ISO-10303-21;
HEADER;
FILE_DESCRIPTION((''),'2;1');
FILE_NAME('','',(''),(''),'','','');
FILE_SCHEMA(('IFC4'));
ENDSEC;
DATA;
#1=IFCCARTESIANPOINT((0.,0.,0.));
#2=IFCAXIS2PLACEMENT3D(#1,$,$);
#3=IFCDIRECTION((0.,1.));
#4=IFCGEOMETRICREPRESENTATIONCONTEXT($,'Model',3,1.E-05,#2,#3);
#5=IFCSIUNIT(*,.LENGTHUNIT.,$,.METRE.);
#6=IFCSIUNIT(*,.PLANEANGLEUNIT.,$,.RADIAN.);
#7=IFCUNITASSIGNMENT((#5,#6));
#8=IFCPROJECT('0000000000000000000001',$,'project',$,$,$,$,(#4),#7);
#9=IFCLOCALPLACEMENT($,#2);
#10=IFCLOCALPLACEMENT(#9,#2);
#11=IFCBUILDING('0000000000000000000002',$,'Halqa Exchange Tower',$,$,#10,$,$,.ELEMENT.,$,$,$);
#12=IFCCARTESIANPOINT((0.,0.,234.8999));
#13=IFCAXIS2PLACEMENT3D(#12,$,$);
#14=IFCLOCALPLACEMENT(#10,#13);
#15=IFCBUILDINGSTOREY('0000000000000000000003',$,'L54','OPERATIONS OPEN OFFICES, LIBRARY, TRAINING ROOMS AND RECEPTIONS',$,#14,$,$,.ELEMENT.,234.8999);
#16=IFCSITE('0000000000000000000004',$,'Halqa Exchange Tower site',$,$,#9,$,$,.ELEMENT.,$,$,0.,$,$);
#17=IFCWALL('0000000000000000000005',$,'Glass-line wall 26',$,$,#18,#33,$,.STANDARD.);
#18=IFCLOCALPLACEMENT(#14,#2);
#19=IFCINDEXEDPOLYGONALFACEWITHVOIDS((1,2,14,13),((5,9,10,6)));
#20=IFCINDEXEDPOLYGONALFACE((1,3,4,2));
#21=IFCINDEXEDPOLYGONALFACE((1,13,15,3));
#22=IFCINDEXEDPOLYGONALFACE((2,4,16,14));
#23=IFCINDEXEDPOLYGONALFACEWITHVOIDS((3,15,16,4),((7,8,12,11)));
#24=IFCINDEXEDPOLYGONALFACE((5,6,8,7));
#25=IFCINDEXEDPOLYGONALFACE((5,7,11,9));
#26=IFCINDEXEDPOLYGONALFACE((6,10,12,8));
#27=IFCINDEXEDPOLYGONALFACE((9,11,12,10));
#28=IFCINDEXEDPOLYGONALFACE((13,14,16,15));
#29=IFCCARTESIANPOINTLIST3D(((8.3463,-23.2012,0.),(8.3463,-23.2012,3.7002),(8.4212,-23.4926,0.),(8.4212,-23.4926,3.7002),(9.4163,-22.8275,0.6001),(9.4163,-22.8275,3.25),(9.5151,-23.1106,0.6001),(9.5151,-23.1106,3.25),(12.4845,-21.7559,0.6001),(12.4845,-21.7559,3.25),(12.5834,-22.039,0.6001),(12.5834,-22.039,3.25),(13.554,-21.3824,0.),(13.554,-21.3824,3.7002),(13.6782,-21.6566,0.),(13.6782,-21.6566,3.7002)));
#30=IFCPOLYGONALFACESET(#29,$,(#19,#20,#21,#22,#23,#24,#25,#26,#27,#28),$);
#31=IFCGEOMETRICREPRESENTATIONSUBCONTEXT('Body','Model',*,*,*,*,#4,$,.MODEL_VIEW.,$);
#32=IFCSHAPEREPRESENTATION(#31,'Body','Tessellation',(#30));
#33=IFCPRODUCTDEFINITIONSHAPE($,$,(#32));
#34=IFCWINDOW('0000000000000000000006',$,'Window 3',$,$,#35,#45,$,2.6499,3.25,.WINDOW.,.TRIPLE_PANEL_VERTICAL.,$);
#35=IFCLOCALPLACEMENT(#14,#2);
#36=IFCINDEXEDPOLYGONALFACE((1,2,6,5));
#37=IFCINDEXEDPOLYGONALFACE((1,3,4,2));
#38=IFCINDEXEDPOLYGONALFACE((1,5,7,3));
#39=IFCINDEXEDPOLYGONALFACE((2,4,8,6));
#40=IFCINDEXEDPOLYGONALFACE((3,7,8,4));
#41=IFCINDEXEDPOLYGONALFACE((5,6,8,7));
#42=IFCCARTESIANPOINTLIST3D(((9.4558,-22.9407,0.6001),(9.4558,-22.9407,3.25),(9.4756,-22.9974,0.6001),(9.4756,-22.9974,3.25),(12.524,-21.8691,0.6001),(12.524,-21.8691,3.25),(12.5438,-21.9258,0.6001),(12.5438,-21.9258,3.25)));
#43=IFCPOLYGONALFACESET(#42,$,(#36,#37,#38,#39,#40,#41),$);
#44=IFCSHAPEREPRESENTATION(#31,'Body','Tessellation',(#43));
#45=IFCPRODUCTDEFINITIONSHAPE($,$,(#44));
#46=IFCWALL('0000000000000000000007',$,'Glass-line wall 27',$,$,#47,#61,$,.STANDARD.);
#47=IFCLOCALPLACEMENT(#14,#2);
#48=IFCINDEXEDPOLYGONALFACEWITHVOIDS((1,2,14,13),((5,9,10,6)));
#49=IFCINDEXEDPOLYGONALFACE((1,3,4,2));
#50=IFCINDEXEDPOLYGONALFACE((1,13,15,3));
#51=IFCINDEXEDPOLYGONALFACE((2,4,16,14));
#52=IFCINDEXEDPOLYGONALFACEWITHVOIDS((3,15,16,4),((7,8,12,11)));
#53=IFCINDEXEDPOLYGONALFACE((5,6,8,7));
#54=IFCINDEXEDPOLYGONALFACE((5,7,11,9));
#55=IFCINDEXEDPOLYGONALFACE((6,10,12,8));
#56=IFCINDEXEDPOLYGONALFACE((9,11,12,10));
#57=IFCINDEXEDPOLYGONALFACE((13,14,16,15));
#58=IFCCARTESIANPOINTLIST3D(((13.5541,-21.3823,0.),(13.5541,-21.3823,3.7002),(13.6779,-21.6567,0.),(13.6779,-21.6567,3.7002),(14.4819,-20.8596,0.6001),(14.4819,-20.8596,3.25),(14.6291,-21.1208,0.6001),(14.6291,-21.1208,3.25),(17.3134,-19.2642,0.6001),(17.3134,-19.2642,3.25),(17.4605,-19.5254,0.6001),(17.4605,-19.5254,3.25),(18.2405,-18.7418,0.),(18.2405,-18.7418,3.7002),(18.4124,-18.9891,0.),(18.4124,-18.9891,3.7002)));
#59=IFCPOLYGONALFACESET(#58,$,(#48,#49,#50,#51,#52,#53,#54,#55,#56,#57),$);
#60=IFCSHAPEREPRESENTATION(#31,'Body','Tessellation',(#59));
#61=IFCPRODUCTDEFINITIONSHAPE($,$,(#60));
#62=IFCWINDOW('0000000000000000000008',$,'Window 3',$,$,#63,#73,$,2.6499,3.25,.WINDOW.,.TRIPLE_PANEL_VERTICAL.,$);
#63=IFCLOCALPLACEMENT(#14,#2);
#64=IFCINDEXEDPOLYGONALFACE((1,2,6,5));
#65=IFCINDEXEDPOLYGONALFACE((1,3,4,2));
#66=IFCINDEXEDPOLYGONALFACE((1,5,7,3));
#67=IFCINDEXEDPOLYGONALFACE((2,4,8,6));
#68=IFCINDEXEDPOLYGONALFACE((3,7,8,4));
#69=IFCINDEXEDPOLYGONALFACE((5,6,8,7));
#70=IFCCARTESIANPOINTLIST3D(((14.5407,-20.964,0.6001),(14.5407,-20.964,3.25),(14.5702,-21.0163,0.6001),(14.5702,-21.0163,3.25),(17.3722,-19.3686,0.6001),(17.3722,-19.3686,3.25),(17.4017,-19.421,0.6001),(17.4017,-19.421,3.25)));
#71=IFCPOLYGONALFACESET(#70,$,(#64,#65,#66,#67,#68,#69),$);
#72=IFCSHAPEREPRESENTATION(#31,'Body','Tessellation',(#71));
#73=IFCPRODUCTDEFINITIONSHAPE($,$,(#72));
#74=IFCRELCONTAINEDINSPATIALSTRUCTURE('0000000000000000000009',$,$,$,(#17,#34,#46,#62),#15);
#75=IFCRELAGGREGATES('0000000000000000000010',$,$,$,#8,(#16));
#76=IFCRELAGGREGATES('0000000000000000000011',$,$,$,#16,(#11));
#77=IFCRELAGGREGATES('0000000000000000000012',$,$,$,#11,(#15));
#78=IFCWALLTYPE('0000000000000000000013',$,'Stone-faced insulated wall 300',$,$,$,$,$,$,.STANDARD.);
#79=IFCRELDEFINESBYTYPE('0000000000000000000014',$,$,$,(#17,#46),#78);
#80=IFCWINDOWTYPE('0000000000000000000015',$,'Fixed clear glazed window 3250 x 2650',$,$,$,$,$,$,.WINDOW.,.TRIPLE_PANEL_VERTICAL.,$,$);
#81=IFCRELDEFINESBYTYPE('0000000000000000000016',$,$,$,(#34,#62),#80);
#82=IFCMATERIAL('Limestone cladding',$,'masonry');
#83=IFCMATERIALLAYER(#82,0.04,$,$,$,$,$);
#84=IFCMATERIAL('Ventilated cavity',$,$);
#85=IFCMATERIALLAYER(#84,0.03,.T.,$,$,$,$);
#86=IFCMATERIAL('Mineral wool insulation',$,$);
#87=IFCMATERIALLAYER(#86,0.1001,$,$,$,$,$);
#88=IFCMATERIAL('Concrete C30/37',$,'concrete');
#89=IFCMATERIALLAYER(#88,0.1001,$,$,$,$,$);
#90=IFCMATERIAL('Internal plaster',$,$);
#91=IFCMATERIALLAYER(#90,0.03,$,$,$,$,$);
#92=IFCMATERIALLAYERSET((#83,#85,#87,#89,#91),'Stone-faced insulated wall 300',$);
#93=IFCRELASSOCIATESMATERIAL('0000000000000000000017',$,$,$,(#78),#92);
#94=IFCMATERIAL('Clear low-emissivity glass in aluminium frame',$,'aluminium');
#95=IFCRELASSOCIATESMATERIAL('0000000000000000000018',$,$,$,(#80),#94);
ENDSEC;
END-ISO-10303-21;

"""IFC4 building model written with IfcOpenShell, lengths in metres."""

from ifc_helpers import new_model, si_unit, direction, frame, frame_2d, origin, place, context, subcontext, project, spatial, polyline, rectangle, outline, extrude, material, layer, layer_set, type_object, element, fill, save


model = new_model("IFC4")

# Units and contexts
model_context = context("Model", 3, precision=1e-05, world=origin(), true_north=direction((0.0, 1.0)))
body_context = subcontext(model_context, "Body", "Model", "MODEL_VIEW")
ifc_project = project(units=[si_unit("LENGTHUNIT", "METRE"), si_unit("PLANEANGLEUNIT", "RADIAN")], contexts=[model_context])

# Site, building, storey
site_placement = place(None, origin())
site = spatial("IfcSite", under=ifc_project, at=site_placement, Name="Halqa Exchange Tower site", CompositionType="ELEMENT", RefElevation=0.0)
building_placement = place(site_placement, origin())
building = spatial("IfcBuilding", under=site, at=building_placement, Name="Halqa Exchange Tower", CompositionType="ELEMENT")
storey_placement = place(building_placement, frame((0.0, 0.0, 234.8999)))
storey = spatial("IfcBuildingStorey", under=building, at=storey_placement, Name="L54", Description="OPERATIONS OPEN OFFICES, LIBRARY, TRAINING ROOMS AND RECEPTIONS", CompositionType="ELEMENT", Elevation=234.8999)

# Shared definitions
ifc_material_1 = material(Name="Concrete C30/37", Category="concrete")

# Walls, openings, windows
ifc_material_2 = material(Name="Limestone cladding", Category="masonry")
ifc_layer_1 = layer(ifc_material_2, 0.04)
ifc_material_3 = material(Name="Ventilated cavity")
ifc_layer_2 = layer(ifc_material_3, 0.03, ventilated=True)
ifc_material_4 = material(Name="Mineral wool insulation")
ifc_layer_3 = layer(ifc_material_4, 0.1001)
ifc_layer_4 = layer(ifc_material_1, 0.1001)
ifc_material_5 = material(Name="Internal plaster")
ifc_layer_5 = layer(ifc_material_5, 0.03)
ifc_layer_set_1 = layer_set([ifc_layer_1, ifc_layer_2, ifc_layer_3, ifc_layer_4, ifc_layer_5], Name="Stone-faced insulated wall 300")
wall_type_1 = type_object("IfcWallType", Name="Stone-faced insulated wall 300", PredefinedType="STANDARD", material=ifc_layer_set_1)
ifc_material_6 = material(Name="Clear low-emissivity glass in aluminium frame", Category="aluminium")
window_type = type_object("IfcWindowType", Name="Fixed clear glazed window 3250 x 2650", PartitioningType="TRIPLE_PANEL_VERTICAL", PredefinedType="WINDOW", material=ifc_material_6)
wall_1_placement = place(storey_placement, frame((8.3838, -23.3469, 0.0), z_axis=(0.0, 0.0, 1.0), x_axis=(0.944076, 0.329728, 0.0)))
wall_1 = element("IfcWall", 1, at=wall_1_placement, inside=storey, type_object=wall_type_1, Name="Glass-line wall 26", PredefinedType="STANDARD", context=body_context, shape_type="SweptSolid", body=[
    extrude(outline(polyline([(-0.0127, -0.1499), (5.5557, -0.1499), (5.5288, 0.1499), (0.0127, 0.1499), (-0.0127, -0.1499)])), origin(), (0.0, 0.0, 1.0), 3.7002),
])
opening_1_placement = place(wall_1_placement, frame((1.146, 0.0, 0.6001)))
opening_1 = element("IfcOpeningElement", 2, at=opening_1_placement, cuts=wall_1, PredefinedType="OPENING", context=body_context, shape_type="SweptSolid", body=[
    extrude(rectangle(XDim=3.25, YDim=2.6499, at=frame_2d((1.625, 1.325))), frame((0.0, 0.1621, 0.0), z_axis=(0.0, -1.0, 0.0), x_axis=(1.0, 0.0, 0.0)), (0.0, 0.0, 1.0), 0.324),
])
window_1_placement = place(opening_1_placement, origin())
window_1 = element("IfcWindow", 3, at=window_1_placement, inside=storey, type_object=window_type, Name="Window 3", OverallHeight=2.6499, OverallWidth=3.25, PartitioningType="TRIPLE_PANEL_VERTICAL", PredefinedType="WINDOW", context=body_context, shape_type="SweptSolid", body=[
    extrude(rectangle(XDim=3.25, YDim=2.6499, at=frame_2d((1.625, 1.325))), frame((0.0, 0.03, 0.0), z_axis=(0.0, -1.0, 0.0), x_axis=(1.0, 0.0, 0.0)), (0.0, 0.0, 1.0), 0.0601),
])
fill(opening_1, window_1)
wall_2_placement = place(storey_placement, frame((13.616, -21.5195, 0.0), z_axis=(0.0, 0.0, 1.0), x_axis=(0.871226, 0.490883, 0.0)))
wall_2 = element("IfcWall", 4, at=wall_2_placement, inside=storey, type_object=wall_type_1, Name="Glass-line wall 27", PredefinedType="STANDARD", context=body_context, shape_type="SweptSolid", body=[
    extrude(outline(polyline([(-0.0134, -0.1499), (5.4209, -0.1499), (5.3926, 0.1499), (0.0134, 0.1499), (-0.0134, -0.1499)])), origin(), (0.0, 0.0, 1.0), 3.7002),
])
opening_2_placement = place(wall_2_placement, frame((1.0784, 0.0, 0.6001)))
opening_2 = element("IfcOpeningElement", 5, at=opening_2_placement, cuts=wall_2, PredefinedType="OPENING", context=body_context, shape_type="SweptSolid", body=[
    extrude(rectangle(XDim=3.25, YDim=2.6499, at=frame_2d((1.625, 1.325))), frame((0.0, 0.1621, 0.0), z_axis=(0.0, -1.0, 0.0), x_axis=(1.0, 0.0, 0.0)), (0.0, 0.0, 1.0), 0.324),
])
window_2_placement = place(opening_2_placement, origin())
window_2 = element("IfcWindow", 6, at=window_2_placement, inside=storey, type_object=window_type, Name="Window 3", OverallHeight=2.6499, OverallWidth=3.25, PartitioningType="TRIPLE_PANEL_VERTICAL", PredefinedType="WINDOW", context=body_context, shape_type="SweptSolid", body=[
    extrude(rectangle(XDim=3.25, YDim=2.6499, at=frame_2d((1.625, 1.325))), frame((0.0, 0.03, 0.0), z_axis=(0.0, -1.0, 0.0), x_axis=(1.0, 0.0, 0.0)), (0.0, 0.0, 1.0), 0.0601),
])
fill(opening_2, window_2)

save(model, "model.ifc")
